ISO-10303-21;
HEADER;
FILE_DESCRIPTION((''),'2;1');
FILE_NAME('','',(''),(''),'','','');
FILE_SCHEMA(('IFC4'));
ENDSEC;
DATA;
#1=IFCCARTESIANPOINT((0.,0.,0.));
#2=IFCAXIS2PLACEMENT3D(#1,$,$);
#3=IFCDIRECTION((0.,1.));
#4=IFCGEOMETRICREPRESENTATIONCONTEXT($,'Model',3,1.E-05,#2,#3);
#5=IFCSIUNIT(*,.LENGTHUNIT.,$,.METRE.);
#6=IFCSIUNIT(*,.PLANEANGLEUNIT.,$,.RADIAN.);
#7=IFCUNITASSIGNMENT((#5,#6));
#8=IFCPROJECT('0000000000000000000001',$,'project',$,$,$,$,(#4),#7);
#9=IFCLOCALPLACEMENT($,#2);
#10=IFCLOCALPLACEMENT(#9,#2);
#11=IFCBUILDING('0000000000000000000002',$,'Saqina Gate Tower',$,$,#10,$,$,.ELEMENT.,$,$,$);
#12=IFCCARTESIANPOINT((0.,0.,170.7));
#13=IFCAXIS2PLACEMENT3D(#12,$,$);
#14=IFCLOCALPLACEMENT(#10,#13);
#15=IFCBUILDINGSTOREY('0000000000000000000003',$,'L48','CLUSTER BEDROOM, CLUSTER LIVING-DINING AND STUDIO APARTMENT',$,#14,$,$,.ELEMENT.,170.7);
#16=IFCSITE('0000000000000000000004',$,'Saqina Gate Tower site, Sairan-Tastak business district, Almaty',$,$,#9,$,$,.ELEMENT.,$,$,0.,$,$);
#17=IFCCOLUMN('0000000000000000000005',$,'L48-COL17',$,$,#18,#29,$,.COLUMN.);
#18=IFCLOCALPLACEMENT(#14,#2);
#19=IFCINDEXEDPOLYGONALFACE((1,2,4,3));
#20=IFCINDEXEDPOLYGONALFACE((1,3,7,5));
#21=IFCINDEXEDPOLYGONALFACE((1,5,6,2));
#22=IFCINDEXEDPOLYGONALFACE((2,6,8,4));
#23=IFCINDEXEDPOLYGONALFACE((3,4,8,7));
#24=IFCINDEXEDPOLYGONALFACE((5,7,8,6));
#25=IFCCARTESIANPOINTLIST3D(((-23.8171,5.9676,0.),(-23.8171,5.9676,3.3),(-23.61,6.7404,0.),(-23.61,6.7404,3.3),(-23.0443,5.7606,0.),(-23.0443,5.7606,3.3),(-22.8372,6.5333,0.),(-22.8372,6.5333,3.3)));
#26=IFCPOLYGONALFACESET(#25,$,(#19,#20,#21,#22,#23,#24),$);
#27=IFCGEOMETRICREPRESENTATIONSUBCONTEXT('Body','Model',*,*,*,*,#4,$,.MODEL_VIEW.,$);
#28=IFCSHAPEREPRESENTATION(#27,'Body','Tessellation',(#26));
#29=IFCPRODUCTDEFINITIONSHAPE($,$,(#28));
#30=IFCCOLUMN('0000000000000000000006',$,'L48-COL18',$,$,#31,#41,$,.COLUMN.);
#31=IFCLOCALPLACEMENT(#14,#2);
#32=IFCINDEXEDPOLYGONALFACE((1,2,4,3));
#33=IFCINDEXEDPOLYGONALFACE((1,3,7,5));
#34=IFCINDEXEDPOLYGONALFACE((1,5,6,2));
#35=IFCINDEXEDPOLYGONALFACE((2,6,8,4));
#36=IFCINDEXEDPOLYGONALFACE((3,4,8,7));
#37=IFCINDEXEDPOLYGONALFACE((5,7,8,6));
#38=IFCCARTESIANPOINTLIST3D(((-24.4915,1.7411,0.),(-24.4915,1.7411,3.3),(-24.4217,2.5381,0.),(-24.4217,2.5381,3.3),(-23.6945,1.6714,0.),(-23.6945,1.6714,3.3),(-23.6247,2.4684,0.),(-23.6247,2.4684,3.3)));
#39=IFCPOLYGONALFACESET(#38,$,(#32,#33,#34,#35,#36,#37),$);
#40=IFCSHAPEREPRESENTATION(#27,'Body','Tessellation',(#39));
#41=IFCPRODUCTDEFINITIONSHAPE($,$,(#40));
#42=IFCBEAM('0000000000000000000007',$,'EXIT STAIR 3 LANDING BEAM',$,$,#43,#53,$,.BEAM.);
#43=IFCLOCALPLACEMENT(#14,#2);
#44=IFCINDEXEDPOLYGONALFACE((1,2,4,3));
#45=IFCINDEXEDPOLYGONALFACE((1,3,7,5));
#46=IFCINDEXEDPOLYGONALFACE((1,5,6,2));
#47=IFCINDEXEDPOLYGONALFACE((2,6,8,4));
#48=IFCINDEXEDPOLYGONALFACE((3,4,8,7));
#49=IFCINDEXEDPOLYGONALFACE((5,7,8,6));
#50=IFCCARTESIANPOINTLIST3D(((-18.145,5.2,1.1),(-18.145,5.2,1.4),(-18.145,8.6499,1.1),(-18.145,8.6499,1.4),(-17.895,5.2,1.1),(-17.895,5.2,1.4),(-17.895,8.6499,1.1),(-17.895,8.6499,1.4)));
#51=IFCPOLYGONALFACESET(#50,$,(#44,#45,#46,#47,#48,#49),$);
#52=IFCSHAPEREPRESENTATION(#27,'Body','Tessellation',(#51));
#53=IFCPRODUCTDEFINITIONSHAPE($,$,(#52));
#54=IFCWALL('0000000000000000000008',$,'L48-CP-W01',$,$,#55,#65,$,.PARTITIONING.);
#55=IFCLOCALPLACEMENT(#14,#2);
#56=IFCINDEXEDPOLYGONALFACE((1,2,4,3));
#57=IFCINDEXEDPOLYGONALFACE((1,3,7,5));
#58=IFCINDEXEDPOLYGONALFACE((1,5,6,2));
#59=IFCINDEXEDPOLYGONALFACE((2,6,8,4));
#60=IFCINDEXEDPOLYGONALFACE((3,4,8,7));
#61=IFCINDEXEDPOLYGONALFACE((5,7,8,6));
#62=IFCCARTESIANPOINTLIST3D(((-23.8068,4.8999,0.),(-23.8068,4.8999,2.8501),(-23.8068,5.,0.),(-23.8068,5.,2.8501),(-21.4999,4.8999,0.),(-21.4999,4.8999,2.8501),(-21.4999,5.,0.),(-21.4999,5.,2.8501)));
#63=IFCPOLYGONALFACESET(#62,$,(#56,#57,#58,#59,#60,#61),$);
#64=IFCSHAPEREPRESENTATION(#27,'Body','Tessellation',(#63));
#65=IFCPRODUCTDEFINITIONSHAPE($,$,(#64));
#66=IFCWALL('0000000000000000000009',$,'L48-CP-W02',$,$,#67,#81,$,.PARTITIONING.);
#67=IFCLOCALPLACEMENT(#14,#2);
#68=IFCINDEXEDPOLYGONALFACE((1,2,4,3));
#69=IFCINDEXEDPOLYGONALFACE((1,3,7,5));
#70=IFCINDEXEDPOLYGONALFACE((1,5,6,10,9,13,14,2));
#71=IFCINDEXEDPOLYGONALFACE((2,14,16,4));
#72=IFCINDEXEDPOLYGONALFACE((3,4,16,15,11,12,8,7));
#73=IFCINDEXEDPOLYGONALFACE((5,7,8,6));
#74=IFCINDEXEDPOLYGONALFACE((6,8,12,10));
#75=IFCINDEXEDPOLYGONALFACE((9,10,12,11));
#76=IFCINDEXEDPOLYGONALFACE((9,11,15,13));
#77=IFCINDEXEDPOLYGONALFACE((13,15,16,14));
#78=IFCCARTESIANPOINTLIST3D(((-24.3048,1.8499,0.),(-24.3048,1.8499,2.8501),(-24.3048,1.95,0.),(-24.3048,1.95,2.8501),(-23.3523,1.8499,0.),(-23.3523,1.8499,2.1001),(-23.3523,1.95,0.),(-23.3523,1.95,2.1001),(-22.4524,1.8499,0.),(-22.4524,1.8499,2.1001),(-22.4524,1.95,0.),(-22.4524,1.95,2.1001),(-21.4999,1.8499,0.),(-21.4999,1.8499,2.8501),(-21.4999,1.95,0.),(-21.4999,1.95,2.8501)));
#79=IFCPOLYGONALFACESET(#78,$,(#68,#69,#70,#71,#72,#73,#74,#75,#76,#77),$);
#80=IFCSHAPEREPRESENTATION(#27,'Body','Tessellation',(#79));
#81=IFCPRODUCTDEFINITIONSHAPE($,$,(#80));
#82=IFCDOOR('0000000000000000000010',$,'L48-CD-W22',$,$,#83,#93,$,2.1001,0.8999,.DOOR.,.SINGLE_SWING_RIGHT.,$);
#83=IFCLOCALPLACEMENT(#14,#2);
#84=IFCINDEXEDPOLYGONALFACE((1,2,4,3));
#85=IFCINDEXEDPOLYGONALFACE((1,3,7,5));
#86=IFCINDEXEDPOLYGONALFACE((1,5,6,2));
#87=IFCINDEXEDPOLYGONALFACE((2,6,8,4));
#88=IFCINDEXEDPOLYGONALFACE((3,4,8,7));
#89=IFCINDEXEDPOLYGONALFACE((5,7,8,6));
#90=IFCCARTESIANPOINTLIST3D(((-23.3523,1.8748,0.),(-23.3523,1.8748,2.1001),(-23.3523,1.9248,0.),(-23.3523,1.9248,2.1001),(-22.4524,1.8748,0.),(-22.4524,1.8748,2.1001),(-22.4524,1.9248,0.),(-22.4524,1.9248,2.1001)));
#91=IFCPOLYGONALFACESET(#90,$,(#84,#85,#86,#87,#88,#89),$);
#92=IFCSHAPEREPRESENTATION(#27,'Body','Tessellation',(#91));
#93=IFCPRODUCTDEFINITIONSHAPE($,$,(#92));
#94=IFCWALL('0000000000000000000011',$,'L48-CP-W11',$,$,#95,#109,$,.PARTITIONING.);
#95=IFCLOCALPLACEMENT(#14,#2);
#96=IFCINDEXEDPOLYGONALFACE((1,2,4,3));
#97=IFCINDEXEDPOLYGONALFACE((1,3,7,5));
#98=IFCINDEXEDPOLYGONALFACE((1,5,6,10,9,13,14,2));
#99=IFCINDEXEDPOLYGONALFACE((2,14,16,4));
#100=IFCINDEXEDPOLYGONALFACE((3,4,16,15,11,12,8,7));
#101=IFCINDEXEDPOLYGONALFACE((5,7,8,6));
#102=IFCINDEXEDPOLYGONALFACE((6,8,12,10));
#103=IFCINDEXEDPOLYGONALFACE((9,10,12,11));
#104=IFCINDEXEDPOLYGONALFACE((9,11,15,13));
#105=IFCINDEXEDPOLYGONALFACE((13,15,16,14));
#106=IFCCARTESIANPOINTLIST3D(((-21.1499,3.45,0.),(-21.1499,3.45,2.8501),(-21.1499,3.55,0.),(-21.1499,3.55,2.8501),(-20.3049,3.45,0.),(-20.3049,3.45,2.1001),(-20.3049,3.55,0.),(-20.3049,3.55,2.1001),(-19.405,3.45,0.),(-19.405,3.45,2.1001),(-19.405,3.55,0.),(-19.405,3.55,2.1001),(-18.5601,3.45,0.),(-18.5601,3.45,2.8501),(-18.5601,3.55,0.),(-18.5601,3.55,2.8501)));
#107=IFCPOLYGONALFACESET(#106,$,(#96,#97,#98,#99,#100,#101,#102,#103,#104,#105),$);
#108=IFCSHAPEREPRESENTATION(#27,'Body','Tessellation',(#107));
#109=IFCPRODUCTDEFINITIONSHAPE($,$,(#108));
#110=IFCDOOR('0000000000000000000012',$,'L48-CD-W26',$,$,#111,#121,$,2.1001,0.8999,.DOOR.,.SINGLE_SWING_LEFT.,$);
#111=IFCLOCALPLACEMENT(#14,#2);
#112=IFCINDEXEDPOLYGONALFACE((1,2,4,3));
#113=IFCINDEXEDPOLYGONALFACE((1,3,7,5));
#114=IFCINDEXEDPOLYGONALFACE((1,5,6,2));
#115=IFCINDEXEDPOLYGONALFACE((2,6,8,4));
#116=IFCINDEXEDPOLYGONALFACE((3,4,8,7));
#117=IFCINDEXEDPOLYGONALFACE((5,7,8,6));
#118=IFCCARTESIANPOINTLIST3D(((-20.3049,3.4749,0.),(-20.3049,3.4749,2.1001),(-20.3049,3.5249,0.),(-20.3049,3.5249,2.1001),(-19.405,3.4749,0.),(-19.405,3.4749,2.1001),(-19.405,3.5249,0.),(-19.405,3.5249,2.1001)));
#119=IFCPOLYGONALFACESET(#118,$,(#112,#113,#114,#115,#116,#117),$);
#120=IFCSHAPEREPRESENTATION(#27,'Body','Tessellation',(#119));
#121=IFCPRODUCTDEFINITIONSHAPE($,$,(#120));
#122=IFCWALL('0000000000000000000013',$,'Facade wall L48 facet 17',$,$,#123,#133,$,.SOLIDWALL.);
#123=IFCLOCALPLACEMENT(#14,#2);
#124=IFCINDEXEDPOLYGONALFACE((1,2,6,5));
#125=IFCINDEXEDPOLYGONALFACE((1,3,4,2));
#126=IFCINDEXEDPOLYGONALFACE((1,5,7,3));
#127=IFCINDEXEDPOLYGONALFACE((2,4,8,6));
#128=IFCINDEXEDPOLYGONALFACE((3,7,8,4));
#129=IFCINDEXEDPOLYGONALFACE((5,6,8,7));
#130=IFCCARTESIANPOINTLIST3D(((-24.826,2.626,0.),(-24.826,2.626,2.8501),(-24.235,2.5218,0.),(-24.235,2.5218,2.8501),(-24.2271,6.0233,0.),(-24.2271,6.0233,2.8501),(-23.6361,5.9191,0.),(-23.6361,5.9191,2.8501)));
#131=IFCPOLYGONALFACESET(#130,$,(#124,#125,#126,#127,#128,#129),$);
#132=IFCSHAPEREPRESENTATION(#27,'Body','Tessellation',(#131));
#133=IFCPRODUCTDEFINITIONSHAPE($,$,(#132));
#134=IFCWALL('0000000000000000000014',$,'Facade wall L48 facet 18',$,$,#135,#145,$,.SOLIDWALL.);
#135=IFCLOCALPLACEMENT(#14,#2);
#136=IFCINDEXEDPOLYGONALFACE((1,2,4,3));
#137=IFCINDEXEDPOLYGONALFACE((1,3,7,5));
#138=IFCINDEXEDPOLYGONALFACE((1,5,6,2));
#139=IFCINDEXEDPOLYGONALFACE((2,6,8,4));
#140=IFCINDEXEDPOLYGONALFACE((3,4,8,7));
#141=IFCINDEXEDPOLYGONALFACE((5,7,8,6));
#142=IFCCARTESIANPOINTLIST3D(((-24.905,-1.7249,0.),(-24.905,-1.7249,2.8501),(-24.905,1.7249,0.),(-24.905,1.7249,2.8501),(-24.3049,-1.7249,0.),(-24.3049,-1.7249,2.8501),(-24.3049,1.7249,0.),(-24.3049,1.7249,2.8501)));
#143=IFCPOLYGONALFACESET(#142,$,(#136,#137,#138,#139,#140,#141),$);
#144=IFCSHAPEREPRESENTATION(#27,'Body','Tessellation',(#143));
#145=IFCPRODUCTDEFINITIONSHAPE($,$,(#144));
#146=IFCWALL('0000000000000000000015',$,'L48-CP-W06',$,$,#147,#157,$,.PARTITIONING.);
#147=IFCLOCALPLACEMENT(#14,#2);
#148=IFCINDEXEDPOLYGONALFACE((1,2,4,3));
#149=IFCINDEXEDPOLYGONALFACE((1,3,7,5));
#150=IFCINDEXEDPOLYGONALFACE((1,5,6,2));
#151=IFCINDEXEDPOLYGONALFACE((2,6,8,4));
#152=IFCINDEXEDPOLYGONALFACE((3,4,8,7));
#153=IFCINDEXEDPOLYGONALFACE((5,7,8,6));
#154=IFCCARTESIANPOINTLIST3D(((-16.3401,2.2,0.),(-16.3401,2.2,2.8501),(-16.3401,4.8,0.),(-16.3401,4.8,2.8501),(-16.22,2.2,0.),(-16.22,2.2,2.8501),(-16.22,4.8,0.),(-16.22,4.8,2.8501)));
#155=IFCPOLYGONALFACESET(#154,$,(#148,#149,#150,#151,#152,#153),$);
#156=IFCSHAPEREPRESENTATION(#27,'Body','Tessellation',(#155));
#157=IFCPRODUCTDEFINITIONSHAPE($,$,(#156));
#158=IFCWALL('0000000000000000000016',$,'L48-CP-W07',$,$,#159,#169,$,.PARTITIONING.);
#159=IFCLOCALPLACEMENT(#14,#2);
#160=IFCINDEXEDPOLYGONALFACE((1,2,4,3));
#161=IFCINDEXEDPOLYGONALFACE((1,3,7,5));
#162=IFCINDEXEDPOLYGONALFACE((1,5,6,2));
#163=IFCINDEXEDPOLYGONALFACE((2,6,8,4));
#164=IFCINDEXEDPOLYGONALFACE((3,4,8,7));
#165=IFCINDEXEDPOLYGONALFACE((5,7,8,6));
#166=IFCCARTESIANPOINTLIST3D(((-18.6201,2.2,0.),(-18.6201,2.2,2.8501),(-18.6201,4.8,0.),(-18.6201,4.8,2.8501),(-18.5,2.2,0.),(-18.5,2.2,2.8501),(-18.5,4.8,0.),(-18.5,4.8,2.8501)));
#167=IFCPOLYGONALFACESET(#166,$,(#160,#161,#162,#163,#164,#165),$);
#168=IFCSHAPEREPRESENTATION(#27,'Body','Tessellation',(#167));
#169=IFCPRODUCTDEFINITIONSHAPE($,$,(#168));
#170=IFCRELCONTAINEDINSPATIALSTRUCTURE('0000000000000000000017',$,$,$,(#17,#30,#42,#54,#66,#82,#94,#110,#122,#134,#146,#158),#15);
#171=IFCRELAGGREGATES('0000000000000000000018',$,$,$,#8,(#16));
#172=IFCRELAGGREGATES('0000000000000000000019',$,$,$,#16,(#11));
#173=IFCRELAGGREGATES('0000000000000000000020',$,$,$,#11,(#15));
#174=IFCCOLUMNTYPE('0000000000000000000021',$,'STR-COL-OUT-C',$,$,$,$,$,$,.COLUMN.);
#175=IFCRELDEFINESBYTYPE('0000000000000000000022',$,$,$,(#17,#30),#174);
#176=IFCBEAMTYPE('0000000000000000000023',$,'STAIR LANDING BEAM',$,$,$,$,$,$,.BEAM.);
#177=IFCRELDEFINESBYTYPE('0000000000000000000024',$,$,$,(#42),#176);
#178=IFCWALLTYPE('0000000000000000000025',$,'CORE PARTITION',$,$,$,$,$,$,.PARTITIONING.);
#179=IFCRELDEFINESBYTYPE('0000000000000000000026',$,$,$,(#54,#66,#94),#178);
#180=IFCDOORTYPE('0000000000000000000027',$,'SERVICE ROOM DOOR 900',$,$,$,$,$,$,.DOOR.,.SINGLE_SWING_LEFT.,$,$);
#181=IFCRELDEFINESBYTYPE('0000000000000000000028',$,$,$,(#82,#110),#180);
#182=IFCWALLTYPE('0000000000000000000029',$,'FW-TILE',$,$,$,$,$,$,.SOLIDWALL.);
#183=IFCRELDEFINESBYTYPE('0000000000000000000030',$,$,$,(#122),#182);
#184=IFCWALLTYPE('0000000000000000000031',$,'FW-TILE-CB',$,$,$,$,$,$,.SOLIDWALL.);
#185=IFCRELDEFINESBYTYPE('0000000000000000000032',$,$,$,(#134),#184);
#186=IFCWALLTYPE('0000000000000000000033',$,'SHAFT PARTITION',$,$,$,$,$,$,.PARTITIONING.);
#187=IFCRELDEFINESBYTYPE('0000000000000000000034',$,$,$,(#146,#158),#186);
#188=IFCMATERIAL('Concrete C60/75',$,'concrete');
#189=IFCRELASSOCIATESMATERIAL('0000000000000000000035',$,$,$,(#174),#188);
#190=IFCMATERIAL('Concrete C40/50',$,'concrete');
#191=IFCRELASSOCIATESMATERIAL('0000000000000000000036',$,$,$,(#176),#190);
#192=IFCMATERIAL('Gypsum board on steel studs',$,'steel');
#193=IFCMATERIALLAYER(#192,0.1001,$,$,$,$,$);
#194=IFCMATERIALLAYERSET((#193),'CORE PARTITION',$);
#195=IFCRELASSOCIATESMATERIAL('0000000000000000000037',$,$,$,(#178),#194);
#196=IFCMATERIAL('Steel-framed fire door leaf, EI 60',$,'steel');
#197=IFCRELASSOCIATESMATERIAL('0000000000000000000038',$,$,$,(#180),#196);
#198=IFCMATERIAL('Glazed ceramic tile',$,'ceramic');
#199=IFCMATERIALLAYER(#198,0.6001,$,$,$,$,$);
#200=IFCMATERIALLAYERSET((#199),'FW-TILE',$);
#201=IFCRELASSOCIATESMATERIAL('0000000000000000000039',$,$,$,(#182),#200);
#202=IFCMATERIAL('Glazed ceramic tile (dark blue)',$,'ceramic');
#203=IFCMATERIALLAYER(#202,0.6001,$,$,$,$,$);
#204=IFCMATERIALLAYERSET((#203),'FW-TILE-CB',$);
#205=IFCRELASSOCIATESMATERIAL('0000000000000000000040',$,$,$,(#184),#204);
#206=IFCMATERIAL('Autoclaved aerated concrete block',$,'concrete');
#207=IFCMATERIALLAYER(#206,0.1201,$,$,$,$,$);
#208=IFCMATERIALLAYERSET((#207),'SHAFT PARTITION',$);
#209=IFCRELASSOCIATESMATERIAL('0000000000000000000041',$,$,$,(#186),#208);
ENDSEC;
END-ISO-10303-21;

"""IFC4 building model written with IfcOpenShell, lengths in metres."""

from ifc_helpers import new_model, si_unit, direction, frame, frame_2d, origin, origin_2d, place, context, subcontext, project, spatial, rectangle, extrude, material, layer, layer_set, material_profile, profile_set, type_object, element, fill, save


model = new_model("IFC4")

# Units and contexts
model_context = context("Model", 3, precision=1e-05, world=origin(), true_north=direction((0.0, 1.0)))
body_context = subcontext(model_context, "Body", "Model", "MODEL_VIEW")
ifc_project = project(units=[si_unit("LENGTHUNIT", "METRE"), si_unit("PLANEANGLEUNIT", "RADIAN")], contexts=[model_context])

# Site, building, storey
site_placement = place(None, origin())
site = spatial("IfcSite", under=ifc_project, at=site_placement, Name="Saqina Gate Tower site, Sairan-Tastak business district, Almaty", CompositionType="ELEMENT", RefElevation=0.0)
building_placement = place(site_placement, origin())
building = spatial("IfcBuilding", under=site, at=building_placement, Name="Saqina Gate Tower", CompositionType="ELEMENT")
storey_placement = place(building_placement, frame((0.0, 0.0, 170.7)))
storey = spatial("IfcBuildingStorey", under=building, at=storey_placement, Name="L48", Description="CLUSTER BEDROOM, CLUSTER LIVING-DINING AND STUDIO APARTMENT", CompositionType="ELEMENT", Elevation=170.7)

# Columns
ifc_material_1 = material(Name="Concrete C60/75", Category="concrete")
ifc_material_profile_1 = material_profile(ifc_material_1, rectangle(XDim=0.8, YDim=0.8, at=origin_2d()), Name="RC 800x800")
ifc_profile_set_1 = profile_set([ifc_material_profile_1], Name="Concrete C60/75")
column_type = type_object("IfcColumnType", Name="STR-COL-OUT-C", PredefinedType="COLUMN", material=ifc_profile_set_1)
for number, where, z_axis, x_axis, name in (
    (1, (-23.3271, 6.2505, 0.0), (0.0, 0.0, 1.0), (-0.965926, 0.258819, 0.0), "L48-COL17"),
    (2, (-24.0581, 2.1047, 0.0), (0.0, 0.0, 1.0), (-0.996195, 0.087156, 0.0), "L48-COL18"),
):
    element("IfcColumn", number, at=place(storey_placement, frame(where, z_axis=z_axis, x_axis=x_axis)), inside=storey, type_object=column_type, Name=name, PredefinedType="COLUMN", context=body_context, shape_type="SweptSolid", body=[
        extrude(rectangle(XDim=0.8, YDim=0.8, at=origin_2d()), origin(), (0.0, 0.0, 1.0), 3.3),
    ])

# Beam
ifc_material_2 = material(Name="Concrete C40/50", Category="concrete")
ifc_material_profile_2 = material_profile(ifc_material_2, rectangle(XDim=0.25, YDim=0.3, at=origin_2d()), Name="STAIR LANDING BEAM")
ifc_profile_set_2 = profile_set([ifc_material_profile_2], Name="Concrete C40/50")
beam_type = type_object("IfcBeamType", Name="STAIR LANDING BEAM", PredefinedType="BEAM", material=ifc_profile_set_2)
beam_placement = place(storey_placement, frame((-18.02, 5.2, 1.25), z_axis=(0.0, 1.0, 0.0), x_axis=(-1.0, 0.0, 0.0)))
element("IfcBeam", 3, at=beam_placement, inside=storey, type_object=beam_type, Name="EXIT STAIR 3 LANDING BEAM", PredefinedType="BEAM", context=body_context, shape_type="SweptSolid", body=[
    extrude(rectangle(XDim=0.25, YDim=0.3, at=origin_2d()), origin(), (0.0, 0.0, 1.0), 3.45),
])

# Wall
ifc_material_3 = material(Name="Gypsum board on steel studs", Category="steel")
ifc_layer_1 = layer(ifc_material_3, 0.1001)
ifc_layer_set_1 = layer_set([ifc_layer_1], Name="CORE PARTITION")
wall_type_1 = type_object("IfcWallType", Name="CORE PARTITION", PredefinedType="PARTITIONING", material=ifc_layer_set_1)
wall_1_placement = place(storey_placement, frame((-21.5, 4.95, 0.0), z_axis=(0.0, 0.0, 1.0), x_axis=(-1.0, 0.0, 0.0)))
element("IfcWall", 4, at=wall_1_placement, inside=storey, type_object=wall_type_1, Name="L48-CP-W01", PredefinedType="PARTITIONING", context=body_context, shape_type="SweptSolid", body=[
    extrude(rectangle(XDim=2.3069, YDim=0.1001, at=frame_2d((1.1533, 0.0))), origin(), (0.0, 0.0, 1.0), 2.8501),
])

# Walls, openings, doors
wall_2_placement = place(storey_placement, frame((-21.5, 1.8999, 0.0), z_axis=(0.0, 0.0, 1.0), x_axis=(-1.0, 0.0, 0.0)))
wall_2 = element("IfcWall", 5, at=wall_2_placement, inside=storey, type_object=wall_type_1, Name="L48-CP-W02", PredefinedType="PARTITIONING", context=body_context, shape_type="SweptSolid", body=[
    extrude(rectangle(XDim=2.8049, YDim=0.1001, at=frame_2d((1.4023, 0.0))), origin(), (0.0, 0.0, 1.0), 2.8501),
])
opening_1_placement = place(wall_2_placement, frame((0.9524, 0.0, 0.0)))
opening_1 = element("IfcOpeningElement", 6, at=opening_1_placement, cuts=wall_2, PredefinedType="OPENING", context=body_context, shape_type="SweptSolid", body=[
    extrude(rectangle(XDim=0.8999, YDim=2.1001, at=frame_2d((0.45, 1.05))), frame((0.0, 0.062, 0.0), z_axis=(0.0, -1.0, 0.0), x_axis=(1.0, 0.0, 0.0)), (0.0, 0.0, 1.0), 0.124),
])
ifc_material_4 = material(Name="Steel-framed fire door leaf, EI 60", Category="steel")
door_type = type_object("IfcDoorType", Name="SERVICE ROOM DOOR 900", OperationType="SINGLE_SWING_LEFT", PredefinedType="DOOR", material=ifc_material_4)
door_1_placement = place(opening_1_placement, frame((0.8999, 0.0, 0.0), z_axis=(0.0, 0.0, 1.0), x_axis=(-1.0, 0.0, 0.0)))
door_1 = element("IfcDoor", 7, at=door_1_placement, inside=storey, type_object=door_type, Name="L48-CD-W22", OperationType="SINGLE_SWING_RIGHT", OverallHeight=2.1001, OverallWidth=0.8999, PredefinedType="DOOR", context=body_context, shape_type="SweptSolid", body=[
    extrude(rectangle(XDim=0.8999, YDim=2.1001, at=frame_2d((0.45, 1.05))), frame((0.0, 0.0249, 0.0), z_axis=(0.0, -1.0, 0.0), x_axis=(1.0, 0.0, 0.0)), (0.0, 0.0, 1.0), 0.05),
])
fill(opening_1, door_1)
wall_3_placement = place(storey_placement, frame((-18.5601, 3.5, 0.0), z_axis=(0.0, 0.0, 1.0), x_axis=(-1.0, 0.0, 0.0)))
wall_3 = element("IfcWall", 8, at=wall_3_placement, inside=storey, type_object=wall_type_1, Name="L48-CP-W11", PredefinedType="PARTITIONING", context=body_context, shape_type="SweptSolid", body=[
    extrude(rectangle(XDim=2.5898, YDim=0.1001, at=frame_2d((1.2949, 0.0))), origin(), (0.0, 0.0, 1.0), 2.8501),
])
opening_2_placement = place(wall_3_placement, frame((0.845, 0.0, 0.0)))
opening_2 = element("IfcOpeningElement", 9, at=opening_2_placement, cuts=wall_3, PredefinedType="OPENING", context=body_context, shape_type="SweptSolid", body=[
    extrude(rectangle(XDim=0.8999, YDim=2.1001, at=frame_2d((0.45, 1.05))), frame((0.0, 0.062, 0.0), z_axis=(0.0, -1.0, 0.0), x_axis=(1.0, 0.0, 0.0)), (0.0, 0.0, 1.0), 0.124),
])
door_2_placement = place(opening_2_placement, frame((0.8999, 0.0, 0.0), z_axis=(0.0, 0.0, 1.0), x_axis=(-1.0, 0.0, 0.0)))
door_2 = element("IfcDoor", 10, at=door_2_placement, inside=storey, type_object=door_type, Name="L48-CD-W26", OperationType="SINGLE_SWING_LEFT", OverallHeight=2.1001, OverallWidth=0.8999, PredefinedType="DOOR", context=body_context, shape_type="SweptSolid", body=[
    extrude(rectangle(XDim=0.8999, YDim=2.1001, at=frame_2d((0.45, 1.05))), frame((0.0, 0.0249, 0.0), z_axis=(0.0, -1.0, 0.0), x_axis=(1.0, 0.0, 0.0)), (0.0, 0.0, 1.0), 0.05),
])
fill(opening_2, door_2)

# Walls
ifc_material_5 = material(Name="Glazed ceramic tile", Category="ceramic")
ifc_layer_2 = layer(ifc_material_5, 0.6001)
ifc_layer_set_2 = layer_set([ifc_layer_2], Name="FW-TILE")
wall_type_2 = type_object("IfcWallType", Name="FW-TILE", PredefinedType="SOLIDWALL", material=ifc_layer_set_2)
wall_4_placement = place(storey_placement, frame((-23.9316, 5.9712, 0.0), z_axis=(0.0, 0.0, 1.0), x_axis=(-0.173608, -0.984815, 0.0)))
element("IfcWall", 11, at=wall_4_placement, inside=storey, type_object=wall_type_2, Name="Facade wall L48 facet 17", PredefinedType="SOLIDWALL", context=body_context, shape_type="SweptSolid", body=[
    extrude(rectangle(XDim=3.4497, YDim=0.6001, at=frame_2d((1.7249, 0.0))), origin(), (0.0, 0.0, 1.0), 2.8501),
])
ifc_material_6 = material(Name="Glazed ceramic tile (dark blue)", Category="ceramic")
ifc_layer_3 = layer(ifc_material_6, 0.6001)
ifc_layer_set_3 = layer_set([ifc_layer_3], Name="FW-TILE-CB")
wall_type_3 = type_object("IfcWallType", Name="FW-TILE-CB", PredefinedType="SOLIDWALL", material=ifc_layer_set_3)
wall_5_placement = place(storey_placement, frame((-24.605, 1.7249, 0.0), z_axis=(0.0, 0.0, 1.0), x_axis=(0.0, -1.0, 0.0)))
element("IfcWall", 12, at=wall_5_placement, inside=storey, type_object=wall_type_3, Name="Facade wall L48 facet 18", PredefinedType="SOLIDWALL", context=body_context, shape_type="SweptSolid", body=[
    extrude(rectangle(XDim=3.4497, YDim=0.6001, at=frame_2d((1.7249, 0.0))), origin(), (0.0, 0.0, 1.0), 2.8501),
])
ifc_material_7 = material(Name="Autoclaved aerated concrete block", Category="concrete")
ifc_layer_4 = layer(ifc_material_7, 0.1201)
ifc_layer_set_4 = layer_set([ifc_layer_4], Name="SHAFT PARTITION")
wall_type_4 = type_object("IfcWallType", Name="SHAFT PARTITION", PredefinedType="PARTITIONING", material=ifc_layer_set_4)
for number, where, z_axis, x_axis, name in (
    (13, (-16.28, 2.2, 0.0), (0.0, 0.0, 1.0), (0.0, 1.0, 0.0), "L48-CP-W06"),
    (14, (-18.5601, 2.2, 0.0), (0.0, 0.0, 1.0), (0.0, 1.0, 0.0), "L48-CP-W07"),
):
    element("IfcWall", number, at=place(storey_placement, frame(where, z_axis=z_axis, x_axis=x_axis)), inside=storey, type_object=wall_type_4, Name=name, PredefinedType="PARTITIONING", context=body_context, shape_type="SweptSolid", body=[
        extrude(rectangle(XDim=2.6001, YDim=0.1201, at=frame_2d((1.3, 0.0))), origin(), (0.0, 0.0, 1.0), 2.8501),
    ])

save(model, "model.ifc")
